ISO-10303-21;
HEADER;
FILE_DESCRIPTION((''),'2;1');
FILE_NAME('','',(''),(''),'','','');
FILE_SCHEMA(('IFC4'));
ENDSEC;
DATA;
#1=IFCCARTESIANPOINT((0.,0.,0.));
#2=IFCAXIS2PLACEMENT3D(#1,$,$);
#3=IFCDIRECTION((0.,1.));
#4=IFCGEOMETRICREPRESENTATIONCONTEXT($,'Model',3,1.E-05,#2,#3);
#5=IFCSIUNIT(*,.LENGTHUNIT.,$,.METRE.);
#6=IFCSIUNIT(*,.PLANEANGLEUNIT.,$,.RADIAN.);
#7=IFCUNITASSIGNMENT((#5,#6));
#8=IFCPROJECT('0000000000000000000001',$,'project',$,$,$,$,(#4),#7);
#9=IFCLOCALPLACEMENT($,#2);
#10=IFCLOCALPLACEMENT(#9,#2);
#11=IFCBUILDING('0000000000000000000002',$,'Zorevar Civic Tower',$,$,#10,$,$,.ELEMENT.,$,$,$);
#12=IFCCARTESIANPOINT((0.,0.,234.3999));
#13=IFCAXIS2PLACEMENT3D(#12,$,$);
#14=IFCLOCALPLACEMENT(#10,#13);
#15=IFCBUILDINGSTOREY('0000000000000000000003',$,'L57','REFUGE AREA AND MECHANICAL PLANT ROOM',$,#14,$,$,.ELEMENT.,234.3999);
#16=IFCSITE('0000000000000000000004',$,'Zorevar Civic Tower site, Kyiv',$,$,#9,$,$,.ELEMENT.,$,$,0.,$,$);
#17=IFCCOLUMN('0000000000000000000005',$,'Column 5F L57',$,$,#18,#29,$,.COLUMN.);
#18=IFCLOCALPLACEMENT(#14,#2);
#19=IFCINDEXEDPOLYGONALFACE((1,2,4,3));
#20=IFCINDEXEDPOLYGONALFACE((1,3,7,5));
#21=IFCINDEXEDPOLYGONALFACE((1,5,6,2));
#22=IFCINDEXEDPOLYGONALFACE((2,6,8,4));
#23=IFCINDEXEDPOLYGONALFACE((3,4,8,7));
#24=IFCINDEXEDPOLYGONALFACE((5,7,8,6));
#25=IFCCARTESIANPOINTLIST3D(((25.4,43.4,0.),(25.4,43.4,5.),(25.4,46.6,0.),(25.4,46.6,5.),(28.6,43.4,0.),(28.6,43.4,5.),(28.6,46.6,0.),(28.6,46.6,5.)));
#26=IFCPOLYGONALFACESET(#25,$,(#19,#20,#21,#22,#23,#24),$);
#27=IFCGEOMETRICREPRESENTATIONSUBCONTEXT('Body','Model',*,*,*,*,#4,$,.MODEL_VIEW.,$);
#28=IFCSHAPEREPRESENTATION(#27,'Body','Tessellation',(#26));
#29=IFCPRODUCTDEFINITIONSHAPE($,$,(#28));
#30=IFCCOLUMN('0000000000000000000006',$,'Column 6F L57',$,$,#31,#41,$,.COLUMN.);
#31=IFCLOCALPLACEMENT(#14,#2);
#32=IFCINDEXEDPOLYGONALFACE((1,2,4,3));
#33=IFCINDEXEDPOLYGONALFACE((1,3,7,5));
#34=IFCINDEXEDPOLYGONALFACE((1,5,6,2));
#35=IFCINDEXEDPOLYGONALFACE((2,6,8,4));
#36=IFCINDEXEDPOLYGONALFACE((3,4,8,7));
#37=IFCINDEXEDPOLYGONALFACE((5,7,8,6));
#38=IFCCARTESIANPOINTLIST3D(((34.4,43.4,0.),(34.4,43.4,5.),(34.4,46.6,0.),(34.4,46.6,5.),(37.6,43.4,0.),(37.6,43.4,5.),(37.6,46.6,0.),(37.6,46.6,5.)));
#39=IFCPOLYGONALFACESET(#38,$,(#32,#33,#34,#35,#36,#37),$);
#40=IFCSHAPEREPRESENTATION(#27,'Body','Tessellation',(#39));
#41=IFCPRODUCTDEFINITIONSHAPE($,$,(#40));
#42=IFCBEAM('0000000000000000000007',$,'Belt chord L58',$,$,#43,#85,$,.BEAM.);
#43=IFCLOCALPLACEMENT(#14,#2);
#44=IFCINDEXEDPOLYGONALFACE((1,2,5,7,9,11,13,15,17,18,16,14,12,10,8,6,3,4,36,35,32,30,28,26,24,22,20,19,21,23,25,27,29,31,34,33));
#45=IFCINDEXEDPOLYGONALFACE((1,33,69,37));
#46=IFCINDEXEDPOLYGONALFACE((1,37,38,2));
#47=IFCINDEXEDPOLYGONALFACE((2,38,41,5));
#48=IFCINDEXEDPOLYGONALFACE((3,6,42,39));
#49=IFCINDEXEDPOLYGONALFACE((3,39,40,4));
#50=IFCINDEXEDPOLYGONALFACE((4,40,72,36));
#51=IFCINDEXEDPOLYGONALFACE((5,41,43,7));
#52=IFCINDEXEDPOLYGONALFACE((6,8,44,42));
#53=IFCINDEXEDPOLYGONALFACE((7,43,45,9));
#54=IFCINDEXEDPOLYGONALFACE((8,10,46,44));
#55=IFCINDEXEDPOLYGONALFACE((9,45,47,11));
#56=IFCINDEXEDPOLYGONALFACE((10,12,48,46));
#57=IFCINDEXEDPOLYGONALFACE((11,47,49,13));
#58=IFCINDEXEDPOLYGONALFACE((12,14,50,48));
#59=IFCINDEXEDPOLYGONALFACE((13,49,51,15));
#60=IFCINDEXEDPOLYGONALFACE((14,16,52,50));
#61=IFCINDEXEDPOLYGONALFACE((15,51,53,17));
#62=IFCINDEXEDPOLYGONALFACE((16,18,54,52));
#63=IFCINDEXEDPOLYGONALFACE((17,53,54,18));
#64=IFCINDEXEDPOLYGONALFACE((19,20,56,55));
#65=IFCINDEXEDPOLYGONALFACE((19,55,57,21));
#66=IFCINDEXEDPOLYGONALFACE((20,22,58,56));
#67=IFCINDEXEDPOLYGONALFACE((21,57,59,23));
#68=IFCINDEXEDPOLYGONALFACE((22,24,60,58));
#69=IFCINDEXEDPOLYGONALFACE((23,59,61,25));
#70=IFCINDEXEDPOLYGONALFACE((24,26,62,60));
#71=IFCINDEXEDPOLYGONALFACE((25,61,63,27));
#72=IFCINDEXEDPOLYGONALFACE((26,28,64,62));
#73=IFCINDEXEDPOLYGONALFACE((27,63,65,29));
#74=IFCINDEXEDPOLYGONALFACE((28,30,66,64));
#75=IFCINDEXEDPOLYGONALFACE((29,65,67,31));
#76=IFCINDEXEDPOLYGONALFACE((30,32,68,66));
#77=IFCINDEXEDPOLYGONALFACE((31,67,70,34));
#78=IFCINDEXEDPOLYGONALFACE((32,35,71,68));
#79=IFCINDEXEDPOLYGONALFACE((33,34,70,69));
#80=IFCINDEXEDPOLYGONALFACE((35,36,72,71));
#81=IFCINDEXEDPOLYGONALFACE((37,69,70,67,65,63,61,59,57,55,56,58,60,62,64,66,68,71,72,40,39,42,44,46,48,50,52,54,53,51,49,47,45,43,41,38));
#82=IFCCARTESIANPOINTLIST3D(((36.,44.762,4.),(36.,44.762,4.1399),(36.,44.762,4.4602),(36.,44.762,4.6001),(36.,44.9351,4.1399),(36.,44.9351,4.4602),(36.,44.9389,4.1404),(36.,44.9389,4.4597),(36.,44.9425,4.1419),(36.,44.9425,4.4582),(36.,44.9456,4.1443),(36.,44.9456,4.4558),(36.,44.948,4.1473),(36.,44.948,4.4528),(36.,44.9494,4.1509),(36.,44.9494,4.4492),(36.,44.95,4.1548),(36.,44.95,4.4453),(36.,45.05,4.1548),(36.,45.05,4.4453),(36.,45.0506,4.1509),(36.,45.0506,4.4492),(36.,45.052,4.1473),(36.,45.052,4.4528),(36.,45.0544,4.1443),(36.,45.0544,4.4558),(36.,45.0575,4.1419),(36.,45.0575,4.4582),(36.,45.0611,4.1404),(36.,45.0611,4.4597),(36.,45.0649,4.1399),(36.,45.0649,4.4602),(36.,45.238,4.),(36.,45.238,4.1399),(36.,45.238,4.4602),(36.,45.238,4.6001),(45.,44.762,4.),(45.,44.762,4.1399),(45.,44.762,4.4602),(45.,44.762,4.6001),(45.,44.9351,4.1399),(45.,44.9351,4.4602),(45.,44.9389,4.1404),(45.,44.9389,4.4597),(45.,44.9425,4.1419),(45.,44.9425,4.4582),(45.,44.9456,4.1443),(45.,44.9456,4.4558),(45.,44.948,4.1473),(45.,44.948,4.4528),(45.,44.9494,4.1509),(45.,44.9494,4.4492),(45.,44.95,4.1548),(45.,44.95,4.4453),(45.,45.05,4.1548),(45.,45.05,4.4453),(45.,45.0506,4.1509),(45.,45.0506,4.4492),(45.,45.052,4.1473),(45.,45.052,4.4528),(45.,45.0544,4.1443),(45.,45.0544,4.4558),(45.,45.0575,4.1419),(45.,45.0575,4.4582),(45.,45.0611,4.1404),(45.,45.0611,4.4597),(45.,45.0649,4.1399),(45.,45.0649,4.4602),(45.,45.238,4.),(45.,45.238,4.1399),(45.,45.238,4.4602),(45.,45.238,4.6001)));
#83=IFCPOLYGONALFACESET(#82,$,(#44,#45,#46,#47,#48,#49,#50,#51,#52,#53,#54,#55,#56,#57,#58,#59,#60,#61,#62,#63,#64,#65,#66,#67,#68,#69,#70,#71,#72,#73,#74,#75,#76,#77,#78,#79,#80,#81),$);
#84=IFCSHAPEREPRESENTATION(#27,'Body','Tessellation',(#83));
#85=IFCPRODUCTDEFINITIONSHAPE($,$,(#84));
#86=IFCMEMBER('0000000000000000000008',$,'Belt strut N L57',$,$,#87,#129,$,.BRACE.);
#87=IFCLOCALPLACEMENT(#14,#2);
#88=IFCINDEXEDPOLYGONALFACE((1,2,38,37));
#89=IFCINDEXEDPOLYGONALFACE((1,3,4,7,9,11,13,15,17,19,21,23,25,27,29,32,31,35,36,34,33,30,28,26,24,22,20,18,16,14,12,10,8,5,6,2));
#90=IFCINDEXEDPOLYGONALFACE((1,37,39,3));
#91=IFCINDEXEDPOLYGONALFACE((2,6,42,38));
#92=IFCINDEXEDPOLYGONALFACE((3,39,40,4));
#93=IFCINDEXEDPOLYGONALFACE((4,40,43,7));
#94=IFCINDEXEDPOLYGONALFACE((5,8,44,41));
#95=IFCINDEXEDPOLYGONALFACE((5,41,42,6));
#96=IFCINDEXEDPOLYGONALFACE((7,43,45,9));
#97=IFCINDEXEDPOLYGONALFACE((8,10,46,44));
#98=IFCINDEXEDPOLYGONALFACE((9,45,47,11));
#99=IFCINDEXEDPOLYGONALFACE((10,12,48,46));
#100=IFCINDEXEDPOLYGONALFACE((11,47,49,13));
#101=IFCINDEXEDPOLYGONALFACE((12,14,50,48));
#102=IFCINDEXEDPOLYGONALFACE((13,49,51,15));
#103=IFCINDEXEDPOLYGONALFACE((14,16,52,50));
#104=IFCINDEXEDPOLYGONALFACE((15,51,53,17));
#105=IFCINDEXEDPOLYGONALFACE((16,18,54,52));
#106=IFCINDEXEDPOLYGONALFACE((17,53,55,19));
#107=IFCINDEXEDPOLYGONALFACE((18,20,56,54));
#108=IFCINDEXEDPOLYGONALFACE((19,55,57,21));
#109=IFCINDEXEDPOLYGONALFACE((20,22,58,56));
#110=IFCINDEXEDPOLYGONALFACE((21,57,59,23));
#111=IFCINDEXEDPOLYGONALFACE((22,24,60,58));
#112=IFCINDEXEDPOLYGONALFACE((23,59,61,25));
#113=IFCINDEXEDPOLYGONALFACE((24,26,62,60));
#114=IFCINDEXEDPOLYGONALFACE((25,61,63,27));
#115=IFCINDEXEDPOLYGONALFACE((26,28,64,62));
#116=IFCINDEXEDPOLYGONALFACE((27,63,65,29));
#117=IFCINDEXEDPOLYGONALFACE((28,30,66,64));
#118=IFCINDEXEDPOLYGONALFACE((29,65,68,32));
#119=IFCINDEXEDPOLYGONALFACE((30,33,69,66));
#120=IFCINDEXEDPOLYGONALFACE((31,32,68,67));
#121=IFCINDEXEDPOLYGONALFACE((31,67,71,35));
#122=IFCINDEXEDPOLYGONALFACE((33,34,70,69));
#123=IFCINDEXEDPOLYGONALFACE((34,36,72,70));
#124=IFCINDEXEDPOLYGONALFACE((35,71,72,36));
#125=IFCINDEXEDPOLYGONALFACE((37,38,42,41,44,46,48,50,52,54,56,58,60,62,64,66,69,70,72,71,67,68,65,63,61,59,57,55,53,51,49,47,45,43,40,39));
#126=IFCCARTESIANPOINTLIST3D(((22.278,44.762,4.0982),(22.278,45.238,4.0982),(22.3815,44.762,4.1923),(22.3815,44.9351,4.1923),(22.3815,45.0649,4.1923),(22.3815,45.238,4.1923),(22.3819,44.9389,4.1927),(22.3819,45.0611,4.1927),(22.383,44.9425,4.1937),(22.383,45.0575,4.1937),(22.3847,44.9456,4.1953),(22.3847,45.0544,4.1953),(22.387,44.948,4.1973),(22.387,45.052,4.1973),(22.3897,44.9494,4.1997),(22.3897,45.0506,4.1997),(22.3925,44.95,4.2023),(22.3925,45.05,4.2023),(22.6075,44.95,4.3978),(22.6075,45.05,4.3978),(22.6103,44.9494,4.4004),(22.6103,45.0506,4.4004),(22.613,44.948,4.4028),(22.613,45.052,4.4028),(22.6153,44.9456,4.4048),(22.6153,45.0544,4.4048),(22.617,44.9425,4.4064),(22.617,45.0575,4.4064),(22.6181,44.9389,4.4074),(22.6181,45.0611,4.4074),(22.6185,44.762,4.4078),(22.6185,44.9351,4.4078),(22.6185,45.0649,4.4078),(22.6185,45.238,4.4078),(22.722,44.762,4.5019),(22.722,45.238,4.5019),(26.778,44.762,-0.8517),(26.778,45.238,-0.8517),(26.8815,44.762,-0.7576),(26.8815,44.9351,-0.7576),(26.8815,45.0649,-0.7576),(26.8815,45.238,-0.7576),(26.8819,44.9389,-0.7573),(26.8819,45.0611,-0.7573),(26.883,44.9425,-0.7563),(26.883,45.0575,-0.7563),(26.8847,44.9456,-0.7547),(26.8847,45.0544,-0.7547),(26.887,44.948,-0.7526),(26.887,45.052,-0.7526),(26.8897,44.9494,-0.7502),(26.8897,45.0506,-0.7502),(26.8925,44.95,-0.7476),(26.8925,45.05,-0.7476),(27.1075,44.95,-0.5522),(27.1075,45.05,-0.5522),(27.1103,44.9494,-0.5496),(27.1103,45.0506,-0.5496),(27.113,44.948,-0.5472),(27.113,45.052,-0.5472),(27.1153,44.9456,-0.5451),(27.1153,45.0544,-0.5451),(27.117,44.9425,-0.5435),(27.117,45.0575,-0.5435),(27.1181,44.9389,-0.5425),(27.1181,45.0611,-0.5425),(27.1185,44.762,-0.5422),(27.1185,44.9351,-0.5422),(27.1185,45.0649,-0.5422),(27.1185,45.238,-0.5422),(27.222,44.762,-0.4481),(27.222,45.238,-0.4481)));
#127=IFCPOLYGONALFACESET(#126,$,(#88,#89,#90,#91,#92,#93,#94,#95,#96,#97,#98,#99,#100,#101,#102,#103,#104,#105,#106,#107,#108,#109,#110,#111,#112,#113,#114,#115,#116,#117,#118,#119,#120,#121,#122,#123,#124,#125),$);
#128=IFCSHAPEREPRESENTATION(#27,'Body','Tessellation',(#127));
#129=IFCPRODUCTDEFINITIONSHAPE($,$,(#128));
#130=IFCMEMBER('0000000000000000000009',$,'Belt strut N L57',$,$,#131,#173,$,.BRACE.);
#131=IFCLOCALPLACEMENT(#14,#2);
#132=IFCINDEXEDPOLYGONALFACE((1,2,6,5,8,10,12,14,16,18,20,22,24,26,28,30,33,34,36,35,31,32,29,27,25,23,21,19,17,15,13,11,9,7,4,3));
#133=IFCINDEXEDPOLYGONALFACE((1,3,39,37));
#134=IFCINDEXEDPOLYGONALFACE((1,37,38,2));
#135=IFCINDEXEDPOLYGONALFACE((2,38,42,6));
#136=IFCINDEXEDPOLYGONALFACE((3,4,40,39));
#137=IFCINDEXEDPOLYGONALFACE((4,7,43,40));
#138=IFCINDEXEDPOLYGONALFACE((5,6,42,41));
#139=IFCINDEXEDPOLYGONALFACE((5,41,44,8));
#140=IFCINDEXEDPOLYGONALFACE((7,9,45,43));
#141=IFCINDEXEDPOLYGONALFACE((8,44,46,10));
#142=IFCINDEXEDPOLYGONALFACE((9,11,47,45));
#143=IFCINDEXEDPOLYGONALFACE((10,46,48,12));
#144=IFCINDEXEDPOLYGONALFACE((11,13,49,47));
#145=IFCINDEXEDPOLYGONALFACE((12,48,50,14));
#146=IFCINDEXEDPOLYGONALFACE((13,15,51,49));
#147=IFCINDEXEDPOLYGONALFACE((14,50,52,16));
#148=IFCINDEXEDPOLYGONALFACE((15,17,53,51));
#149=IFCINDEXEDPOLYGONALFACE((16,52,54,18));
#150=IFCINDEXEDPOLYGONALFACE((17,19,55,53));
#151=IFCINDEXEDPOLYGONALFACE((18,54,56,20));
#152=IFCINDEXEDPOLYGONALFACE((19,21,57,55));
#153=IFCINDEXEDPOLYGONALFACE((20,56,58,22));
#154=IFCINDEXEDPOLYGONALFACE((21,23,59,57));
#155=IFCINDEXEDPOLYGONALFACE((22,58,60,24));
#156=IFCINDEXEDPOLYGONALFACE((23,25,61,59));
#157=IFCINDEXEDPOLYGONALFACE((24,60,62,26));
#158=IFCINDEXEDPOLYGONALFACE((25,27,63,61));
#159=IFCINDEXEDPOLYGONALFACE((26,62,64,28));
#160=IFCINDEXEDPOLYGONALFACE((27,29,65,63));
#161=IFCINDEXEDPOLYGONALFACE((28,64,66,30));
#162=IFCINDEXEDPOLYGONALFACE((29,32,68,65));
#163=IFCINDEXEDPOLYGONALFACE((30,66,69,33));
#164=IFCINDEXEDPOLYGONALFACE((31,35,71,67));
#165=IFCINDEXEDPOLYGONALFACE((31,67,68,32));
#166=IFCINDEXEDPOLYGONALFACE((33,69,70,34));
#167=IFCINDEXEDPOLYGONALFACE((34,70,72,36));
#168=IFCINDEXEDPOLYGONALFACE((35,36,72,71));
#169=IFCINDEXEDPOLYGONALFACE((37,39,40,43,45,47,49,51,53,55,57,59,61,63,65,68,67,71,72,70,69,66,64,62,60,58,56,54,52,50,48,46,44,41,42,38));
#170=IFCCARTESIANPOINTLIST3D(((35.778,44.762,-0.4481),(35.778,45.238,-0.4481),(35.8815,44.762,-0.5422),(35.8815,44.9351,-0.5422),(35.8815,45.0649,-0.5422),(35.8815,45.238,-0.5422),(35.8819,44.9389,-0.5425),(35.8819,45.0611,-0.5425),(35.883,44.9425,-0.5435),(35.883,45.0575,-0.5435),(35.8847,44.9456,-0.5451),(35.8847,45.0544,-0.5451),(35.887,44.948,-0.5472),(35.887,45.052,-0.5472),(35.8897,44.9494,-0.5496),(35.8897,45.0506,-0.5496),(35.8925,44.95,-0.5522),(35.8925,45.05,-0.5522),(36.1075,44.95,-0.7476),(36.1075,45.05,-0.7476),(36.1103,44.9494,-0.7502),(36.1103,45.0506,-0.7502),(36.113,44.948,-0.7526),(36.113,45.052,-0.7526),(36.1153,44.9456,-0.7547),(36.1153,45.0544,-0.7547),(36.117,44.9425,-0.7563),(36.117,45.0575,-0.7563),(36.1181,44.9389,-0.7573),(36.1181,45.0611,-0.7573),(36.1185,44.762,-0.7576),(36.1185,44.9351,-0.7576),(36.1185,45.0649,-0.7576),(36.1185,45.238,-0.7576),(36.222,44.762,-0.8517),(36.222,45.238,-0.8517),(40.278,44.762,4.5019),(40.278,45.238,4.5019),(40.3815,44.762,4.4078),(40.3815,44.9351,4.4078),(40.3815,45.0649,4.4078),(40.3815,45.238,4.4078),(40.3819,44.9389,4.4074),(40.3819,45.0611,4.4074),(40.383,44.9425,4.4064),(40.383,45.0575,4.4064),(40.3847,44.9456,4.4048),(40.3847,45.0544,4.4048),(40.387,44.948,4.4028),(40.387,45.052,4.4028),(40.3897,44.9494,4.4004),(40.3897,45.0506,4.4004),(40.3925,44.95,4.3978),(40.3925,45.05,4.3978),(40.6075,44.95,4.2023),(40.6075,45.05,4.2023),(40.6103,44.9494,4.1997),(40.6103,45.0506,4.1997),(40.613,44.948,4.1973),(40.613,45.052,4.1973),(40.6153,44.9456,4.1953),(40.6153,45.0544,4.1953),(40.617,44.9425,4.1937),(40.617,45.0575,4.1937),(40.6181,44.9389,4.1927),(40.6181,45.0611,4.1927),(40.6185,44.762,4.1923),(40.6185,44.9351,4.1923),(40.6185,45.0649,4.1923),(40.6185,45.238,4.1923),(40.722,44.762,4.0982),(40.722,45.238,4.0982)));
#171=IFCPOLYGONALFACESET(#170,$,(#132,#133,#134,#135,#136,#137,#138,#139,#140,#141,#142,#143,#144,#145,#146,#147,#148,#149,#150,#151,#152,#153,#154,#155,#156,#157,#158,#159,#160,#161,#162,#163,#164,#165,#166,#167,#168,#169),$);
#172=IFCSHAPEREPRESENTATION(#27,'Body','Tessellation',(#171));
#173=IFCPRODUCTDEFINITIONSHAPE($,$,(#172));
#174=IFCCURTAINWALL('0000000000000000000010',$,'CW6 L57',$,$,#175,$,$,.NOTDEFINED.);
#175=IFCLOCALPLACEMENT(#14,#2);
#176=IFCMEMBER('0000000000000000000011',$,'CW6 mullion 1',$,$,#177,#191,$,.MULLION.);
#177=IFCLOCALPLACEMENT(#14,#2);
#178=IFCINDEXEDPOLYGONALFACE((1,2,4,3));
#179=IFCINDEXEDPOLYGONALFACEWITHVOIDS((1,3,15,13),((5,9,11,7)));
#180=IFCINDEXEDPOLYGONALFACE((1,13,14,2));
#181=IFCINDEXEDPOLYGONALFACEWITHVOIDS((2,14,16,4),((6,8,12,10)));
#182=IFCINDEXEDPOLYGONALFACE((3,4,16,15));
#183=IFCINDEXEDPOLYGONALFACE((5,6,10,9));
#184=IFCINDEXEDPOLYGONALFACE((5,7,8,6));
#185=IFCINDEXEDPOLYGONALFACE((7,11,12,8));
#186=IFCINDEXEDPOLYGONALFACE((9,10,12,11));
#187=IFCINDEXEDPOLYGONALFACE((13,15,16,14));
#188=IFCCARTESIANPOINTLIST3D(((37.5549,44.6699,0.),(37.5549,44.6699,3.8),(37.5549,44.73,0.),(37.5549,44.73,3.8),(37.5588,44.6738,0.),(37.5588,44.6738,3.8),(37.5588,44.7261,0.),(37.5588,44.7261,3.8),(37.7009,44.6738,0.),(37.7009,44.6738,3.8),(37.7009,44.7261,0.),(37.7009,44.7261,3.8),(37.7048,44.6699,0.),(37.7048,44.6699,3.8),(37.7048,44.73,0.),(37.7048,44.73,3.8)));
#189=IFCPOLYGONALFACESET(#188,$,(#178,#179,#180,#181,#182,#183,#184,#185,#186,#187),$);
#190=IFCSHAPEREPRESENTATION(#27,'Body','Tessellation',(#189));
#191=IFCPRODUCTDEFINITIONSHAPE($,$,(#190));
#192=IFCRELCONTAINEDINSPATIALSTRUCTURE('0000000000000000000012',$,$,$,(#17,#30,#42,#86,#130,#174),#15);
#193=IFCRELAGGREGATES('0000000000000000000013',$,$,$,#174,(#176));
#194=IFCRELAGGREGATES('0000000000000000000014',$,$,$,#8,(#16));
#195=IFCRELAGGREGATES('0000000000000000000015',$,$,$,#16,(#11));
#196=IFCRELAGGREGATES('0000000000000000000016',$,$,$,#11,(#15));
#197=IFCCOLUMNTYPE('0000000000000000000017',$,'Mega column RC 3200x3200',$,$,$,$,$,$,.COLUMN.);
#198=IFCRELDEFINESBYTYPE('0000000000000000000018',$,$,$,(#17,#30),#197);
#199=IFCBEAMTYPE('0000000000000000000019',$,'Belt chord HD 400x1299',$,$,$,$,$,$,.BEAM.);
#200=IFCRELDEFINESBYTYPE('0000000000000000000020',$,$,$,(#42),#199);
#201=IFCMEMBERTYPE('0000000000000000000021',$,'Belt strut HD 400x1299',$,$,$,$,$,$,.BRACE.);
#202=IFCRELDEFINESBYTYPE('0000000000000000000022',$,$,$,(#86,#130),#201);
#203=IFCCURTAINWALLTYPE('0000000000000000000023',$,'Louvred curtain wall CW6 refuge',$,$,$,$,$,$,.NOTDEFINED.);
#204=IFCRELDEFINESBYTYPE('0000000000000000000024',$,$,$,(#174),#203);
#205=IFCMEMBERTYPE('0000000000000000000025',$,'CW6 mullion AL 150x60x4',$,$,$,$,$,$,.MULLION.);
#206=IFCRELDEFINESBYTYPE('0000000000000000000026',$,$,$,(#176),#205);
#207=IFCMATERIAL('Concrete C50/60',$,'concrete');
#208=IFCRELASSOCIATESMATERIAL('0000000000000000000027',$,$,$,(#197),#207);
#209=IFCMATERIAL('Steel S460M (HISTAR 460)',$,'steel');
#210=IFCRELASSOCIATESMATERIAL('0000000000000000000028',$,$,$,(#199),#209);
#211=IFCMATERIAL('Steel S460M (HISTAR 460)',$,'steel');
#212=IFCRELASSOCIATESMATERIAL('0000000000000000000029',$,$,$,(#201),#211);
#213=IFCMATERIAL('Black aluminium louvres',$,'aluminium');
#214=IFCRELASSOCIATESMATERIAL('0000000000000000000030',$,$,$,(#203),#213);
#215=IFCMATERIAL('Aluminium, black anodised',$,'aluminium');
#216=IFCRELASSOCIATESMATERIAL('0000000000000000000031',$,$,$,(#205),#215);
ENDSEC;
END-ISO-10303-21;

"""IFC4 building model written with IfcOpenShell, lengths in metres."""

from ifc_helpers import new_model, si_unit, direction, frame, origin, origin_2d, place, context, subcontext, project, spatial, rectangle, hollow_rectangle, i_section, extrude, material, material_profile, profile_set, type_object, element, aggregate, save


model = new_model("IFC4")

# Units and contexts
model_context = context("Model", 3, precision=1e-05, world=origin(), true_north=direction((0.0, 1.0)))
body_context = subcontext(model_context, "Body", "Model", "MODEL_VIEW")
ifc_project = project(units=[si_unit("LENGTHUNIT", "METRE"), si_unit("PLANEANGLEUNIT", "RADIAN")], contexts=[model_context])

# Site, building, storey
site_placement = place(None, origin())
site = spatial("IfcSite", under=ifc_project, at=site_placement, Name="Zorevar Civic Tower site, Kyiv", CompositionType="ELEMENT", RefElevation=0.0)
building_placement = place(site_placement, origin())
building = spatial("IfcBuilding", under=site, at=building_placement, Name="Zorevar Civic Tower", CompositionType="ELEMENT")
storey_placement = place(building_placement, frame((0.0, 0.0, 234.3999)))
storey = spatial("IfcBuildingStorey", under=building, at=storey_placement, Name="L57", Description="REFUGE AREA AND MECHANICAL PLANT ROOM", CompositionType="ELEMENT", Elevation=234.3999)

# Columns
ifc_material_1 = material(Name="Concrete C50/60", Category="concrete")
ifc_material_profile_1 = material_profile(ifc_material_1, rectangle(XDim=3.2, YDim=3.2, at=origin_2d()), Name="RC 3200x3200")
ifc_profile_set_1 = profile_set([ifc_material_profile_1], Name="Concrete C50/60")
column_type = type_object("IfcColumnType", Name="Mega column RC 3200x3200", PredefinedType="COLUMN", material=ifc_profile_set_1)
for number, where, z_axis, x_axis, name in (
    (1, (27.0, 45.0, 0.0), (0.0, 0.0, 1.0), (1.0, 0.0, 0.0), "Column 5F L57"),
    (2, (36.0, 45.0, 0.0), (0.0, 0.0, 1.0), (1.0, 0.0, 0.0), "Column 6F L57"),
):
    element("IfcColumn", number, at=place(storey_placement, frame(where, z_axis=z_axis, x_axis=x_axis)), inside=storey, type_object=column_type, Name=name, PredefinedType="COLUMN", context=body_context, shape_type="SweptSolid", body=[
        extrude(rectangle(XDim=3.2, YDim=3.2, at=origin_2d()), origin(), (0.0, 0.0, 1.0), 5.0),
    ])

# Beam
ifc_material_2 = material(Name="Steel S460M (HISTAR 460)", Category="steel")
ifc_material_profile_2 = material_profile(ifc_material_2, i_section(OverallWidth=0.4761, OverallDepth=0.6001, WebThickness=0.1001, FlangeThickness=0.1399, FilletRadius=0.0149, at=origin_2d()), Name="HD 400x1299")
ifc_profile_set_2 = profile_set([ifc_material_profile_2], Name="Steel S460M (HISTAR 460)")
beam_type_1 = type_object("IfcBeamType", Name="Belt chord HD 400x1299", PredefinedType="BEAM", material=ifc_profile_set_2)
beam_placement = place(storey_placement, frame((36.0, 45.0, 4.3), z_axis=(1.0, 0.0, 0.0), x_axis=(0.0, 1.0, 0.0)))
element("IfcBeam", 3, at=beam_placement, inside=storey, type_object=beam_type_1, Name="Belt chord L58", PredefinedType="BEAM", context=body_context, shape_type="SweptSolid", body=[
    extrude(i_section(OverallWidth=0.4761, OverallDepth=0.6001, WebThickness=0.1001, FlangeThickness=0.1399, FilletRadius=0.0149, at=origin_2d()), origin(), (0.0, 0.0, 1.0), 9.0),
])

# Members
ifc_material_3 = material(Name="Steel S460M (HISTAR 460)", Category="steel")
ifc_material_profile_3 = material_profile(ifc_material_3, i_section(OverallWidth=0.4761, OverallDepth=0.6001, WebThickness=0.1001, FlangeThickness=0.1399, FilletRadius=0.0149, at=origin_2d()), Name="HD 400x1299")
ifc_profile_set_3 = profile_set([ifc_material_profile_3], Name="Steel S460M (HISTAR 460)")
member_type_1 = type_object("IfcMemberType", Name="Belt strut HD 400x1299", PredefinedType="BRACE", material=ifc_profile_set_3)
for number, where, z_axis, x_axis, name in (
    (4, (27.0, 45.0, -0.6499), (-0.672676, 0.0, 0.739937), (0.0, -1.0, 0.0), "Belt strut N L57"),
    (5, (36.0, 45.0, -0.6499), (0.672676, 0.0, 0.739937), (0.0, 1.0, 0.0), "Belt strut N L57"),
):
    element("IfcMember", number, at=place(storey_placement, frame(where, z_axis=z_axis, x_axis=x_axis)), inside=storey, type_object=member_type_1, Name=name, PredefinedType="BRACE", context=body_context, shape_type="SweptSolid", body=[
        extrude(i_section(OverallWidth=0.4761, OverallDepth=0.6001, WebThickness=0.1001, FlangeThickness=0.1399, FilletRadius=0.0149, at=origin_2d()), origin(), (0.0, 0.0, 1.0), 6.6897),
    ])

# Curtain wall, member
ifc_material_4 = material(Name="Black aluminium louvres", Category="aluminium")
curtain_wall_type = type_object("IfcCurtainWallType", Name="Louvred curtain wall CW6 refuge", PredefinedType="NOTDEFINED", material=ifc_material_4)
curtain_wall_placement = place(storey_placement, origin())
curtain_wall = element("IfcCurtainWall", 6, at=curtain_wall_placement, inside=storey, type_object=curtain_wall_type, Name="CW6 L57", PredefinedType="NOTDEFINED")
ifc_material_5 = material(Name="Aluminium, black anodised", Category="aluminium")
ifc_material_profile_4 = material_profile(ifc_material_5, hollow_rectangle(XDim=0.0601, YDim=0.1499, WallThickness=0.0039, at=origin_2d()), Name="AL 150x60x4")
ifc_profile_set_4 = profile_set([ifc_material_profile_4], Name="Aluminium, black anodised")
member_type_2 = type_object("IfcMemberType", Name="CW6 mullion AL 150x60x4", PredefinedType="MULLION", material=ifc_profile_set_4)
member_1_placement = place(storey_placement, frame((37.6299, 44.7, 0.0), z_axis=(0.0, 0.0, 1.0), x_axis=(0.0, 1.0, 0.0)))
member_1 = element("IfcMember", 7, at=member_1_placement, type_object=member_type_2, Name="CW6 mullion 1", PredefinedType="MULLION", context=body_context, shape_type="SweptSolid", body=[
    extrude(hollow_rectangle(XDim=0.0601, YDim=0.1499, WallThickness=0.0039, at=origin_2d()), origin(), (0.0, 0.0, 1.0), 3.8),
])

aggregate(curtain_wall, [member_1])

save(model, "model.ifc")
